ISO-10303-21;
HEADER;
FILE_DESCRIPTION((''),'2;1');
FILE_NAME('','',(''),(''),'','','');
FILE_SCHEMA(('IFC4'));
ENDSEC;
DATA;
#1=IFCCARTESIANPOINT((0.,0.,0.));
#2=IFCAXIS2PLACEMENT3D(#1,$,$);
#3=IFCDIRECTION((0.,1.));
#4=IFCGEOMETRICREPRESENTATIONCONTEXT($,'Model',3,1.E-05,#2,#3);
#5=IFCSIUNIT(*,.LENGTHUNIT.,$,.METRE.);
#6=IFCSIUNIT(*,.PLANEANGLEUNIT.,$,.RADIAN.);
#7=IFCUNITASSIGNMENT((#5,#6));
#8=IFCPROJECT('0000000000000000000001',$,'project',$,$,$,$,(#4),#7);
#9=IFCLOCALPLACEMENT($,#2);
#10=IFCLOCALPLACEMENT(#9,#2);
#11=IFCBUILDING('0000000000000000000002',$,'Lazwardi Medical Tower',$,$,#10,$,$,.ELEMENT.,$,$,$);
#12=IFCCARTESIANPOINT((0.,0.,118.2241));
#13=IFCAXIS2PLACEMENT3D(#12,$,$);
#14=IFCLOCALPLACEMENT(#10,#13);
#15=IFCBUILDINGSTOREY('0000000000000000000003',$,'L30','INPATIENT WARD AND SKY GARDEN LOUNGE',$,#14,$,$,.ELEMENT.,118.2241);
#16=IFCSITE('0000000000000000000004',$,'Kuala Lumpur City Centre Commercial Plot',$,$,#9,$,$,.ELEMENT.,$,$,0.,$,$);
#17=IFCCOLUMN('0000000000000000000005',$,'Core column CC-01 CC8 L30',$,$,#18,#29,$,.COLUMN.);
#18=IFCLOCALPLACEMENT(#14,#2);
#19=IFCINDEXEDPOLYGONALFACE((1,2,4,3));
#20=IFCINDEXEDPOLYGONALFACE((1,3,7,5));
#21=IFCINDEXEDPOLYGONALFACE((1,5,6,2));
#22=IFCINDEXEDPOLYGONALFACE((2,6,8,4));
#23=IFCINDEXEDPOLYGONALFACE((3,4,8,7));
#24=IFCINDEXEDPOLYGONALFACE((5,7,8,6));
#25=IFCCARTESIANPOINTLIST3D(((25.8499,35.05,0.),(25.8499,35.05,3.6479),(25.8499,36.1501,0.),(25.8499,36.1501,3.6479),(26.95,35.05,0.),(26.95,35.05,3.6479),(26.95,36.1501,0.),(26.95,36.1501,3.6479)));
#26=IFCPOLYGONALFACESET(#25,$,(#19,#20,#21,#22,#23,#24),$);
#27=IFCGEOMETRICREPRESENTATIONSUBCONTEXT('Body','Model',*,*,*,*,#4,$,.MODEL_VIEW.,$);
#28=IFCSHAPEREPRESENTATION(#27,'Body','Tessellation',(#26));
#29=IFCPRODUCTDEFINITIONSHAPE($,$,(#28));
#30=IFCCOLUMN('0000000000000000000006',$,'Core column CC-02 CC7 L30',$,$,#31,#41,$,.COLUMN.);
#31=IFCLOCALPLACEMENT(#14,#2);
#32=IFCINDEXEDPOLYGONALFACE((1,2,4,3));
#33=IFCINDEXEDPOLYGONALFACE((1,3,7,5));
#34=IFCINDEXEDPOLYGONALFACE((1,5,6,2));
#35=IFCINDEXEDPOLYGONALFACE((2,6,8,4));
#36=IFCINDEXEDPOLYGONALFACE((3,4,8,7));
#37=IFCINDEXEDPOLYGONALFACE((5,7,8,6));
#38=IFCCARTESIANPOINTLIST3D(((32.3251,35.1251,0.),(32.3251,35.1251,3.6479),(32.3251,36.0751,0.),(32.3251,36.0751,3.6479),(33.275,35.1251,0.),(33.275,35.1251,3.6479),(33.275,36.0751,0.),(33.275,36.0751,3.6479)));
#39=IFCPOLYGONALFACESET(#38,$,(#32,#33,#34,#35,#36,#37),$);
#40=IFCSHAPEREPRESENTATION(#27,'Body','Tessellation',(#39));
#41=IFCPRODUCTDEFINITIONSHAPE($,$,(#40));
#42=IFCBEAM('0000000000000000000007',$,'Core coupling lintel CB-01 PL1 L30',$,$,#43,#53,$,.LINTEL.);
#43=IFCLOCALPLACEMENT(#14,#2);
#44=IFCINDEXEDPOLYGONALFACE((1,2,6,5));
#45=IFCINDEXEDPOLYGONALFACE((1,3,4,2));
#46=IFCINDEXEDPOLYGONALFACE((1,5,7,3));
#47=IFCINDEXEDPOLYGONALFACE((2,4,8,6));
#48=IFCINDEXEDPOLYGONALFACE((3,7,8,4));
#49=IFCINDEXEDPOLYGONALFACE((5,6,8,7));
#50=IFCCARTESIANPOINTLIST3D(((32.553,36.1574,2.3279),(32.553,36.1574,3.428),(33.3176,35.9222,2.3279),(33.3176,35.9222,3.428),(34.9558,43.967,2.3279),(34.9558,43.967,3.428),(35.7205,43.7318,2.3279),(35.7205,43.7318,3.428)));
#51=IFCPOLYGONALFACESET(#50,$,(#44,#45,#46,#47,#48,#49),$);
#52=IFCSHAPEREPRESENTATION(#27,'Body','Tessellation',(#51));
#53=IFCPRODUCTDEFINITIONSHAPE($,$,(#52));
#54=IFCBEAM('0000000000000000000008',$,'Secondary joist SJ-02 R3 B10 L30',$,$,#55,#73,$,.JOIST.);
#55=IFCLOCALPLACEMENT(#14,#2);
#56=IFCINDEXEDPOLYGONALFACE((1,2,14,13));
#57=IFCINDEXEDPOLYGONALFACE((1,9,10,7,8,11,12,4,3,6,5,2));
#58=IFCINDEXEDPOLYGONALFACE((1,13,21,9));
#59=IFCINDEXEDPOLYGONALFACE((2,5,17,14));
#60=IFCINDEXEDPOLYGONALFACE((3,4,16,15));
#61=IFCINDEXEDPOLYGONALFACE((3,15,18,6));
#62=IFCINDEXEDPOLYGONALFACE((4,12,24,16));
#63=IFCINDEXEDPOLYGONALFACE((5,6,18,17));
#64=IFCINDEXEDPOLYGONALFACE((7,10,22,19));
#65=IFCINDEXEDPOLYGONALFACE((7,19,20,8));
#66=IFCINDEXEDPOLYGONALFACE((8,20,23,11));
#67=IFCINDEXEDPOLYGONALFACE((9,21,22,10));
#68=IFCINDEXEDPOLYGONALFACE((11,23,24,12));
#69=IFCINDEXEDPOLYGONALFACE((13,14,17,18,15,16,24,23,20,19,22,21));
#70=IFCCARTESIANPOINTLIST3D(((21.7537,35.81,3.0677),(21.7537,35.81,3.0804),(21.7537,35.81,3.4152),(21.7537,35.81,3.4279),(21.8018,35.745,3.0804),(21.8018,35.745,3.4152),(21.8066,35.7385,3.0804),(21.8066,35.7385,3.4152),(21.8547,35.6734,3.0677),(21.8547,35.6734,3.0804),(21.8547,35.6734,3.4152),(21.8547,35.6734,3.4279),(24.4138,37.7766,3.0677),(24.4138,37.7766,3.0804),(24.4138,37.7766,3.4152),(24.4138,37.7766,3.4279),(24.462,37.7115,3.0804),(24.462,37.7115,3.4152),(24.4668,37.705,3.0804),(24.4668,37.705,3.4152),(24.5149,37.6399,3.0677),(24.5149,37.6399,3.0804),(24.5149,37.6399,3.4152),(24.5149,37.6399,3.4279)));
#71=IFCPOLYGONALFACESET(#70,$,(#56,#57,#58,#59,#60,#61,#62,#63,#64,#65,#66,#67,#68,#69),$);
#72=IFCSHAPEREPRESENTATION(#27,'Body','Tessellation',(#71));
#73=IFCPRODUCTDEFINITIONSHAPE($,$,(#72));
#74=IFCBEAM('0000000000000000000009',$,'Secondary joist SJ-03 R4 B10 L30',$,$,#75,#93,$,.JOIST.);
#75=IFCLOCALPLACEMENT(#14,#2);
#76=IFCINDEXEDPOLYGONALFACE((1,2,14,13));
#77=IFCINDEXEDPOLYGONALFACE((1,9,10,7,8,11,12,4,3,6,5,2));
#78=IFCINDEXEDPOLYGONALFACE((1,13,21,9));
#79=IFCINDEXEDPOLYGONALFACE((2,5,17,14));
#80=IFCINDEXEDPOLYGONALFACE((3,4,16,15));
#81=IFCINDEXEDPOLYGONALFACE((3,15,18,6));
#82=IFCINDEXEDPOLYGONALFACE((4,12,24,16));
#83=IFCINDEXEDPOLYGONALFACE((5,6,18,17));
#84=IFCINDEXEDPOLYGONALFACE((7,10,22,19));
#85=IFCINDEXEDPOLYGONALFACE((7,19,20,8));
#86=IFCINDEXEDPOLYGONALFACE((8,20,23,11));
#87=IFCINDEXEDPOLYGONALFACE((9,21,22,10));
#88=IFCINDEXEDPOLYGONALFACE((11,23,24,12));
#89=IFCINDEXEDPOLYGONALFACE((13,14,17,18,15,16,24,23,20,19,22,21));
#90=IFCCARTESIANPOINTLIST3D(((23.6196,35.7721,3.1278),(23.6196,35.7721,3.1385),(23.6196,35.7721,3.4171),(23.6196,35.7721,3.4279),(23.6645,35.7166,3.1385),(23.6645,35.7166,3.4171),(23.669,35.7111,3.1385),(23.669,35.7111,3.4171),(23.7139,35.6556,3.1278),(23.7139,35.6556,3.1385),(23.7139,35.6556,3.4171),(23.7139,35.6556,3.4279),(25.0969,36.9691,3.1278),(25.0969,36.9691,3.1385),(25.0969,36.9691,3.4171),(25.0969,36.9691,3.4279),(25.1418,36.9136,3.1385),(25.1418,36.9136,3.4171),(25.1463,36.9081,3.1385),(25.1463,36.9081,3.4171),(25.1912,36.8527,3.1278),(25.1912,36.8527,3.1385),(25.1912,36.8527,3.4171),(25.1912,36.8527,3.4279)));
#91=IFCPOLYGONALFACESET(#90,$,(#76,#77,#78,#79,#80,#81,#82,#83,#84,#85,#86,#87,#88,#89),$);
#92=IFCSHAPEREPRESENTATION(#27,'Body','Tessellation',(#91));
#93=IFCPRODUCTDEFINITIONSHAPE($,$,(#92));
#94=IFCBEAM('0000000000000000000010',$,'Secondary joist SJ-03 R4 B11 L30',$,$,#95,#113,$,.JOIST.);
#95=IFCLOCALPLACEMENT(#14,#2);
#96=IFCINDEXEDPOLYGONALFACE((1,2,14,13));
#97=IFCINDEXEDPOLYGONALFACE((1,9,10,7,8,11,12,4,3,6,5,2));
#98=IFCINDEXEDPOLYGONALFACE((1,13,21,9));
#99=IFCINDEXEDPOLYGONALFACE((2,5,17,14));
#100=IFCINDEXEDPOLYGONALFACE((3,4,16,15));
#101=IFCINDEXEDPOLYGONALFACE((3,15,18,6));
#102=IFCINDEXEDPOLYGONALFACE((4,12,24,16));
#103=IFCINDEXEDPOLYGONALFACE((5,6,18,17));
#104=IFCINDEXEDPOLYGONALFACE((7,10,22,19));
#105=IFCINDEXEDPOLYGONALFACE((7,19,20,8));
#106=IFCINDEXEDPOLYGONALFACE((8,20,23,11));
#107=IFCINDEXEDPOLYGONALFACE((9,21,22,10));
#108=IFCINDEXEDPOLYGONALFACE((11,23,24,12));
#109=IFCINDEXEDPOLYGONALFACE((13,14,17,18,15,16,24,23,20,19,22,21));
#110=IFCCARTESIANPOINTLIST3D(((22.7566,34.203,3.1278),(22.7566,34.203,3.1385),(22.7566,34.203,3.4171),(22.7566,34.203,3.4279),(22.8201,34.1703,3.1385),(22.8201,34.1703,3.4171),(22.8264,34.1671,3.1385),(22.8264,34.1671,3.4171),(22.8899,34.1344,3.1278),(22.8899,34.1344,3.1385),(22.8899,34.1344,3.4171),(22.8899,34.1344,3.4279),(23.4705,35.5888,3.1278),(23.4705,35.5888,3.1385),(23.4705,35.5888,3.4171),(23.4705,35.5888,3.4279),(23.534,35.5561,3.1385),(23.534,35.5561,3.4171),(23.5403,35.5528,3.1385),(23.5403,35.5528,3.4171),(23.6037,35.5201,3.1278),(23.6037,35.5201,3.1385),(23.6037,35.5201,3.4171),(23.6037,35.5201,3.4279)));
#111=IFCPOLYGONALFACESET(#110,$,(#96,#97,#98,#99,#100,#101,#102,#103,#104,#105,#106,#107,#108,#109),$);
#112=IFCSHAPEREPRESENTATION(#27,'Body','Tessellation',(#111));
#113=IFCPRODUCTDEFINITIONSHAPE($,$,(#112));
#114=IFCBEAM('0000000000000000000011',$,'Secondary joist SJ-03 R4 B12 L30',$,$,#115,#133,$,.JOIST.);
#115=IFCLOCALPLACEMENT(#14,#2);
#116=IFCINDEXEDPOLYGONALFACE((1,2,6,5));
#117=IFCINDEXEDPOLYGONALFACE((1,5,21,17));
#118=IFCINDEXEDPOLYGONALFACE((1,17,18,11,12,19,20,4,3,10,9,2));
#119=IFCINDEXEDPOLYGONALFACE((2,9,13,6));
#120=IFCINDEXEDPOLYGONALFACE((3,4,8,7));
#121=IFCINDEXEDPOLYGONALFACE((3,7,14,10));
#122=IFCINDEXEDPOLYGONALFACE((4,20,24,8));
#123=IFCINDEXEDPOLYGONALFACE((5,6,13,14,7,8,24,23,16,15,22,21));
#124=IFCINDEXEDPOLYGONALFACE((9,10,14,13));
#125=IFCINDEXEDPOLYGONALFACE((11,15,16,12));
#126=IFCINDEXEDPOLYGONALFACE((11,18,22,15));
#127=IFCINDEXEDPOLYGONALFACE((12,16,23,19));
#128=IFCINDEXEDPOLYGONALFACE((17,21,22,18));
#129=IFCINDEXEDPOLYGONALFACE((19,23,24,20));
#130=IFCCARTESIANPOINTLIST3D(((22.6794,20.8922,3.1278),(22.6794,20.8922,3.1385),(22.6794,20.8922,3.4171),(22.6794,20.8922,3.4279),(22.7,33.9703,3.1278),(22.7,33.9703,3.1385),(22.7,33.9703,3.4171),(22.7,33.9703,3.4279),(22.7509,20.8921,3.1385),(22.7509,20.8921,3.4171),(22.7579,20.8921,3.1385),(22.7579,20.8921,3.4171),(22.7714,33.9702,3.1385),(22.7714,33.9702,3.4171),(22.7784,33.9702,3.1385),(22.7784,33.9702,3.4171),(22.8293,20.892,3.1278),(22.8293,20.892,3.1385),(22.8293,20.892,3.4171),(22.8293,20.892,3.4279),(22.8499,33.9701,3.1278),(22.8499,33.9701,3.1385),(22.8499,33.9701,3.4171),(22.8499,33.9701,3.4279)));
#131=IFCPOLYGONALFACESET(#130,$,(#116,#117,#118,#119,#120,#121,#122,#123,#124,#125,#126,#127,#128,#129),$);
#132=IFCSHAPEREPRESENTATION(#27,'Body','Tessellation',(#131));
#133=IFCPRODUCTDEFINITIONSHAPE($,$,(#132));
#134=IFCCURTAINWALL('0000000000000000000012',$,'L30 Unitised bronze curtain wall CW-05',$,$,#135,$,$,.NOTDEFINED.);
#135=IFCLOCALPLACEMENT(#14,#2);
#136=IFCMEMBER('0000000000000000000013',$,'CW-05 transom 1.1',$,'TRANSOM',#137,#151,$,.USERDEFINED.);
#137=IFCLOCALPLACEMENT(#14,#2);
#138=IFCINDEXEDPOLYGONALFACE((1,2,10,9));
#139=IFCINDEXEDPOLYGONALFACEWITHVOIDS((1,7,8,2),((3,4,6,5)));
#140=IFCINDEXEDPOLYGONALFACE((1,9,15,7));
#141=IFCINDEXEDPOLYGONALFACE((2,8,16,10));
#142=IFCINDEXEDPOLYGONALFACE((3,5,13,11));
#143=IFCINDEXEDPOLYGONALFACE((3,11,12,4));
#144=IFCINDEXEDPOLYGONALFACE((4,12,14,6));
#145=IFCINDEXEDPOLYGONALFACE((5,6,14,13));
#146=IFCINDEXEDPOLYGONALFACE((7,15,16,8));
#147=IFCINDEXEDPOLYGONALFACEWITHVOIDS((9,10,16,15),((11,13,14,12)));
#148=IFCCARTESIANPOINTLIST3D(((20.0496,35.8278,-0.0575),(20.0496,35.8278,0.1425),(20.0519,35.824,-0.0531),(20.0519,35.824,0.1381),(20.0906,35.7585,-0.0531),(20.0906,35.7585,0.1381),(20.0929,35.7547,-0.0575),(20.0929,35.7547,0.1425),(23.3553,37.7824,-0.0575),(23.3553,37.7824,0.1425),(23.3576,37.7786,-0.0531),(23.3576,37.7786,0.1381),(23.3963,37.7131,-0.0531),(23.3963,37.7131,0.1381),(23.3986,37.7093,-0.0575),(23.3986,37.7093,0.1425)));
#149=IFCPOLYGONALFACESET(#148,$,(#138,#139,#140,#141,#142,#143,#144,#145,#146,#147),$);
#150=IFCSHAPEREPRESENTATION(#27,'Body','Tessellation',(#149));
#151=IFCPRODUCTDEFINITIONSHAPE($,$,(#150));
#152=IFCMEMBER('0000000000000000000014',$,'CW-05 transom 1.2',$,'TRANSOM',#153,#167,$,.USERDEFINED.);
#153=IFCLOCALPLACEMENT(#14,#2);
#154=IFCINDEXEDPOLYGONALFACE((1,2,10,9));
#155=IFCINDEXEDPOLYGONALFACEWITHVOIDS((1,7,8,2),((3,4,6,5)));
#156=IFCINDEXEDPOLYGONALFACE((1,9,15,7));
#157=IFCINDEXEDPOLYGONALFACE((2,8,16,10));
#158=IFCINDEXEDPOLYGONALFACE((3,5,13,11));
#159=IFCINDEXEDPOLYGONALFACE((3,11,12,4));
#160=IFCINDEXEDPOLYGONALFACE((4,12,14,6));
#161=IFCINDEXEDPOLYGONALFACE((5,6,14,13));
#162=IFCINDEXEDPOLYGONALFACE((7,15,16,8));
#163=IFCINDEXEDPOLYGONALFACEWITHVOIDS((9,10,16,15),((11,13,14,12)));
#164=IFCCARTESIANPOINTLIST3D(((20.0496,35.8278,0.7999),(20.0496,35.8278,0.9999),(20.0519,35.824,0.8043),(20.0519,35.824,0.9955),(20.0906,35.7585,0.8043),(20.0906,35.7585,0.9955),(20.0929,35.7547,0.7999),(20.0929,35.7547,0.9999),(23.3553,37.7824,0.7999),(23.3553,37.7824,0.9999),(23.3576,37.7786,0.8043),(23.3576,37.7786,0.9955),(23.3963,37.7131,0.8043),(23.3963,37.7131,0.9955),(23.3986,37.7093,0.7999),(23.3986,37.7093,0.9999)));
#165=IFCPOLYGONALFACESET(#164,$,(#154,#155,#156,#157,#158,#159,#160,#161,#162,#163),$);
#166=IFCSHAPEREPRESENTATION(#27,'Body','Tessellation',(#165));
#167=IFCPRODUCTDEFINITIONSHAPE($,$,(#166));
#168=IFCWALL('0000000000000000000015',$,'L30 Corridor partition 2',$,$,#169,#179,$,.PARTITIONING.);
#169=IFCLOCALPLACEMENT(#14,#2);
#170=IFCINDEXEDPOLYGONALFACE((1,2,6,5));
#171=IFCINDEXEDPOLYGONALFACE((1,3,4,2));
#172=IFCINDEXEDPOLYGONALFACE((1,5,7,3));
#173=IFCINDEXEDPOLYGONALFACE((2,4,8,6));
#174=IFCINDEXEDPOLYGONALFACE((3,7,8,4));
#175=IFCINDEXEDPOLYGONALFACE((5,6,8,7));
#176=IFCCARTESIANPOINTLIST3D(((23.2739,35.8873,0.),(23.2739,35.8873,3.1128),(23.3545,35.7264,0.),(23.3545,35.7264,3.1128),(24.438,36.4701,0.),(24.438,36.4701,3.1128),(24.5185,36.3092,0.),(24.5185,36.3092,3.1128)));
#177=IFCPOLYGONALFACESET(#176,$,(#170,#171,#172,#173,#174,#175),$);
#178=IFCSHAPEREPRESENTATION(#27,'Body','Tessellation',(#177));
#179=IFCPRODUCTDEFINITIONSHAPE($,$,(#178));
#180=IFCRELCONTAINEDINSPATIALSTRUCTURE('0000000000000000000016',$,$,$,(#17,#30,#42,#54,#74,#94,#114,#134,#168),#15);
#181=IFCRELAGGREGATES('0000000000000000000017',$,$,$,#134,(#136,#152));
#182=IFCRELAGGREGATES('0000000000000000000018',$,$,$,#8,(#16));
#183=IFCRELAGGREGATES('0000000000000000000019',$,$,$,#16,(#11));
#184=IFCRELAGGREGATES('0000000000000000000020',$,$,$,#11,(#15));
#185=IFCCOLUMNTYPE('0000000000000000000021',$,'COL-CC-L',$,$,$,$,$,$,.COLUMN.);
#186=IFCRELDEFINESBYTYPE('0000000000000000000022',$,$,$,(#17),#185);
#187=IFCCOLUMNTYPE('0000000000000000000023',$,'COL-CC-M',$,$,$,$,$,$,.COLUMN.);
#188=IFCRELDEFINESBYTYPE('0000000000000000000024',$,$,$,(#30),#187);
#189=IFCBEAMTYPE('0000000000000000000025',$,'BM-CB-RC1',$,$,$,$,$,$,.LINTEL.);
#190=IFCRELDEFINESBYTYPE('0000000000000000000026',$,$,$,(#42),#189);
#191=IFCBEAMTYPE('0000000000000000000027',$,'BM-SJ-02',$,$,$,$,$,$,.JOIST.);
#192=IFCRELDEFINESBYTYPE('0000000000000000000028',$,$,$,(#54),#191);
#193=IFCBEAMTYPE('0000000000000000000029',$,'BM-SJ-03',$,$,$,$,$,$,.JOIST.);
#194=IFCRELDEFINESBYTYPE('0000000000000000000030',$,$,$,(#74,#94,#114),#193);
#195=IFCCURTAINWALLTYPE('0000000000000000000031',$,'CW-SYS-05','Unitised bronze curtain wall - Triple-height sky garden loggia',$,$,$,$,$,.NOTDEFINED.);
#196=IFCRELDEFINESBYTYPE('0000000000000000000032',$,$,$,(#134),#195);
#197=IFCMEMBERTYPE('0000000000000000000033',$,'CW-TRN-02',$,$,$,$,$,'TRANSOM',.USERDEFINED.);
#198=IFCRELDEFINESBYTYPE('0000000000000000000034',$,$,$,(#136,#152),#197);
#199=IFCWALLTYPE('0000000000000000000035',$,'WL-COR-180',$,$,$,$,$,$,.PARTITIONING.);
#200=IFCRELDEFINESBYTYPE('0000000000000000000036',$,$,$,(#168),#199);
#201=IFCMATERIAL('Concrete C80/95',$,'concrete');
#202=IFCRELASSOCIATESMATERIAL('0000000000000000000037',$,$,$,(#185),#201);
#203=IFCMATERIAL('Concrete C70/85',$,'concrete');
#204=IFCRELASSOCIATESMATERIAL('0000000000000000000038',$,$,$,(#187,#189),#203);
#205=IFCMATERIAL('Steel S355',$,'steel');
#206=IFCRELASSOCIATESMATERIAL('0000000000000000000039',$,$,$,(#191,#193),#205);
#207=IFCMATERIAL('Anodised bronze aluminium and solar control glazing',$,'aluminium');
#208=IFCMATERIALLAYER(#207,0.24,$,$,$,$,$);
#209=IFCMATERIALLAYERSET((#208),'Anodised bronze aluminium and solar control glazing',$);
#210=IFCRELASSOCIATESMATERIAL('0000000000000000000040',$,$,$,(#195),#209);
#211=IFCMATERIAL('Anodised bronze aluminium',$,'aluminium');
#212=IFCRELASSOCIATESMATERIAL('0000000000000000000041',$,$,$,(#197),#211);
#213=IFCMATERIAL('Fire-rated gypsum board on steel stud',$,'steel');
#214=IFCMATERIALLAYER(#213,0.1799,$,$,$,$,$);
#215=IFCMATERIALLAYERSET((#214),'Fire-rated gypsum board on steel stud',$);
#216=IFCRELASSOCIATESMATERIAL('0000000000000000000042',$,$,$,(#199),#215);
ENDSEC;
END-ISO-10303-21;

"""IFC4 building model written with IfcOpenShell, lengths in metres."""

from ifc_helpers import new_model, si_unit, direction, frame, frame_2d, origin, origin_2d, place, context, subcontext, project, spatial, rectangle, hollow_rectangle, i_section, extrude, material, layer, layer_set, material_profile, profile_set, type_object, element, aggregate, save


model = new_model("IFC4")

# Units and contexts
model_context = context("Model", 3, precision=1e-05, world=origin(), true_north=direction((0.0, 1.0)))
body_context = subcontext(model_context, "Body", "Model", "MODEL_VIEW")
ifc_project = project(units=[si_unit("LENGTHUNIT", "METRE"), si_unit("PLANEANGLEUNIT", "RADIAN")], contexts=[model_context])

# Site, building, storey
site_placement = place(None, origin())
site = spatial("IfcSite", under=ifc_project, at=site_placement, Name="Kuala Lumpur City Centre Commercial Plot", CompositionType="ELEMENT", RefElevation=0.0)
building_placement = place(site_placement, origin())
building = spatial("IfcBuilding", under=site, at=building_placement, Name="Lazwardi Medical Tower", CompositionType="ELEMENT")
storey_placement = place(building_placement, frame((0.0, 0.0, 118.2241)))
storey = spatial("IfcBuildingStorey", under=building, at=storey_placement, Name="L30", Description="INPATIENT WARD AND SKY GARDEN LOUNGE", CompositionType="ELEMENT", Elevation=118.2241)

# Columns
ifc_material_1 = material(Name="Concrete C80/95", Category="concrete")
ifc_material_profile_1 = material_profile(ifc_material_1, rectangle(XDim=1.1001, YDim=1.1001, at=origin_2d()), Name="RC 1100x1100")
ifc_profile_set_1 = profile_set([ifc_material_profile_1], Name="Concrete C80/95")
column_type_1 = type_object("IfcColumnType", Name="COL-CC-L", PredefinedType="COLUMN", material=ifc_profile_set_1)
column_1_placement = place(storey_placement, frame((26.3999, 35.6001, 0.0), z_axis=(0.0, 0.0, 1.0), x_axis=(1.0, 0.0, 0.0)))
element("IfcColumn", 1, at=column_1_placement, inside=storey, type_object=column_type_1, Name="Core column CC-01 CC8 L30", PredefinedType="COLUMN", context=body_context, shape_type="SweptSolid", body=[
    extrude(rectangle(XDim=1.1001, YDim=1.1001, at=origin_2d()), origin(), (0.0, 0.0, 1.0), 3.6479),
])
ifc_material_2 = material(Name="Concrete C70/85", Category="concrete")
ifc_material_profile_2 = material_profile(ifc_material_2, rectangle(XDim=0.95, YDim=0.95, at=origin_2d()), Name="RC 950x950")
ifc_profile_set_2 = profile_set([ifc_material_profile_2], Name="Concrete C70/85")
column_type_2 = type_object("IfcColumnType", Name="COL-CC-M", PredefinedType="COLUMN", material=ifc_profile_set_2)
column_2_placement = place(storey_placement, frame((32.8, 35.6001, 0.0), z_axis=(0.0, 0.0, 1.0), x_axis=(1.0, 0.0, 0.0)))
element("IfcColumn", 2, at=column_2_placement, inside=storey, type_object=column_type_2, Name="Core column CC-02 CC7 L30", PredefinedType="COLUMN", context=body_context, shape_type="SweptSolid", body=[
    extrude(rectangle(XDim=0.95, YDim=0.95, at=origin_2d()), origin(), (0.0, 0.0, 1.0), 3.6479),
])

# Beams
ifc_material_profile_3 = material_profile(ifc_material_2, rectangle(XDim=0.8, YDim=1.1001, at=origin_2d()), Name="RC 800x1100")
ifc_profile_set_3 = profile_set([ifc_material_profile_3], Name="Concrete C70/85")
beam_type_1 = type_object("IfcBeamType", Name="BM-CB-RC1", PredefinedType="LINTEL", material=ifc_profile_set_3)
beam_1_placement = place(storey_placement, frame((32.9353, 36.0398, 2.8779), z_axis=(0.294073, 0.955783, 0.0), x_axis=(-0.955783, 0.294073, 0.0)))
element("IfcBeam", 3, at=beam_1_placement, inside=storey, type_object=beam_type_1, Name="Core coupling lintel CB-01 PL1 L30", PredefinedType="LINTEL", context=body_context, shape_type="SweptSolid", body=[
    extrude(rectangle(XDim=0.8, YDim=1.1001, at=origin_2d()), origin(), (0.0, 0.0, 1.0), 8.1709),
])
ifc_material_3 = material(Name="Steel S355", Category="steel")
ifc_material_profile_4 = material_profile(ifc_material_3, i_section(OverallWidth=0.1699, OverallDepth=0.3601, WebThickness=0.0081, FlangeThickness=0.0127, at=origin_2d()), Name="IPE 360")
ifc_profile_set_4 = profile_set([ifc_material_profile_4], Name="Steel S355")
beam_type_2 = type_object("IfcBeamType", Name="BM-SJ-02", PredefinedType="JOIST", material=ifc_profile_set_4)
beam_2_placement = place(storey_placement, frame((24.4644, 37.7083, 3.2478), z_axis=(-0.804126, -0.59446, 0.0), x_axis=(0.59446, -0.804126, 0.0)))
element("IfcBeam", 4, at=beam_2_placement, inside=storey, type_object=beam_type_2, Name="Secondary joist SJ-02 R3 B10 L30", PredefinedType="JOIST", context=body_context, shape_type="SweptSolid", body=[
    extrude(i_section(OverallWidth=0.1699, OverallDepth=0.3601, WebThickness=0.0081, FlangeThickness=0.0127, at=origin_2d()), origin(), (0.0, 0.0, 1.0), 3.3081),
])
ifc_material_profile_5 = material_profile(ifc_material_3, i_section(OverallWidth=0.1499, OverallDepth=0.3, WebThickness=0.0071, FlangeThickness=0.0107, at=origin_2d()), Name="IPE 300")
ifc_profile_set_5 = profile_set([ifc_material_profile_5], Name="Steel S355")
beam_type_3 = type_object("IfcBeamType", Name="BM-SJ-03", PredefinedType="JOIST", material=ifc_profile_set_5)
beam_3_placement = place(storey_placement, frame((25.144, 36.9109, 3.2778), z_axis=(-0.776958, -0.629553, 0.0), x_axis=(0.629553, -0.776958, 0.0)))
element("IfcBeam", 5, at=beam_3_placement, inside=storey, type_object=beam_type_3, Name="Secondary joist SJ-03 R4 B10 L30", PredefinedType="JOIST", context=body_context, shape_type="SweptSolid", body=[
    extrude(i_section(OverallWidth=0.1499, OverallDepth=0.3, WebThickness=0.0071, FlangeThickness=0.0107, at=origin_2d()), origin(), (0.0, 0.0, 1.0), 1.9014),
])
beam_4_placement = place(storey_placement, frame((23.5371, 35.5544, 3.2778), z_axis=(-0.457957, -0.888975, 0.0), x_axis=(0.888975, -0.457957, 0.0)))
element("IfcBeam", 6, at=beam_4_placement, inside=storey, type_object=beam_type_3, Name="Secondary joist SJ-03 R4 B11 L30", PredefinedType="JOIST", context=body_context, shape_type="SweptSolid", body=[
    extrude(i_section(OverallWidth=0.1499, OverallDepth=0.3, WebThickness=0.0071, FlangeThickness=0.0107, at=origin_2d()), origin(), (0.0, 0.0, 1.0), 1.5588),
])
beam_5_placement = place(storey_placement, frame((22.7749, 33.9702, 3.2778), z_axis=(-0.001568, -0.999999, 0.0), x_axis=(0.999999, -0.001568, 0.0)))
element("IfcBeam", 7, at=beam_5_placement, inside=storey, type_object=beam_type_3, Name="Secondary joist SJ-03 R4 B12 L30", PredefinedType="JOIST", context=body_context, shape_type="SweptSolid", body=[
    extrude(i_section(OverallWidth=0.1499, OverallDepth=0.3, WebThickness=0.0071, FlangeThickness=0.0107, at=origin_2d()), origin(), (0.0, 0.0, 1.0), 13.0781),
])

# Curtain wall, members
ifc_material_4 = material(Name="Anodised bronze aluminium and solar control glazing", Category="aluminium")
ifc_layer_1 = layer(ifc_material_4, 0.24)
ifc_layer_set_1 = layer_set([ifc_layer_1], Name="Anodised bronze aluminium and solar control glazing")
curtain_wall_type = type_object("IfcCurtainWallType", Name="CW-SYS-05", Description="Unitised bronze curtain wall - Triple-height sky garden loggia", PredefinedType="NOTDEFINED", material=ifc_layer_set_1)
curtain_wall_placement = place(storey_placement, origin())
curtain_wall = element("IfcCurtainWall", 8, at=curtain_wall_placement, inside=storey, type_object=curtain_wall_type, Name="L30 Unitised bronze curtain wall CW-05", PredefinedType="NOTDEFINED")
ifc_material_5 = material(Name="Anodised bronze aluminium", Category="aluminium")
ifc_material_profile_6 = material_profile(ifc_material_5, hollow_rectangle(XDim=0.085, YDim=0.2, WallThickness=0.0044, at=origin_2d()), Name="ALU-TRANSOM 200x85x4.5")
ifc_profile_set_6 = profile_set([ifc_material_profile_6], Name="Anodised bronze aluminium")
member_type = type_object("IfcMemberType", Name="CW-TRN-02", ElementType="TRANSOM", PredefinedType="USERDEFINED", material=ifc_profile_set_6)
member_1_placement = place(storey_placement, frame((23.377, 37.7458, 0.0425), z_axis=(-0.860785, -0.508969, 0.0), x_axis=(0.508969, -0.860785, 0.0)))
member_1 = element("IfcMember", 9, at=member_1_placement, type_object=member_type, Name="CW-05 transom 1.1", ObjectType="TRANSOM", PredefinedType="USERDEFINED", context=body_context, shape_type="SweptSolid", body=[
    extrude(hollow_rectangle(XDim=0.085, YDim=0.2, WallThickness=0.0044, at=origin_2d()), origin(), (0.0, 0.0, 1.0), 3.8403),
])
member_2_placement = place(storey_placement, frame((23.377, 37.7458, 0.8999), z_axis=(-0.860785, -0.508969, 0.0), x_axis=(0.508969, -0.860785, 0.0)))
member_2 = element("IfcMember", 10, at=member_2_placement, type_object=member_type, Name="CW-05 transom 1.2", ObjectType="TRANSOM", PredefinedType="USERDEFINED", context=body_context, shape_type="SweptSolid", body=[
    extrude(hollow_rectangle(XDim=0.085, YDim=0.2, WallThickness=0.0044, at=origin_2d()), origin(), (0.0, 0.0, 1.0), 3.8403),
])
aggregate(curtain_wall, [member_1, member_2])

# Wall
ifc_material_6 = material(Name="Fire-rated gypsum board on steel stud", Category="steel")
ifc_layer_2 = layer(ifc_material_6, 0.1799)
ifc_layer_set_2 = layer_set([ifc_layer_2], Name="Fire-rated gypsum board on steel stud")
wall_type_1 = type_object("IfcWallType", Name="WL-COR-180", PredefinedType="PARTITIONING", material=ifc_layer_set_2)
wall_1_placement = place(storey_placement, frame((23.3142, 35.8069, 0.0), z_axis=(0.0, 0.0, 1.0), x_axis=(0.894202, 0.447664, 0.0)))
element("IfcWall", 11, at=wall_1_placement, inside=storey, type_object=wall_type_1, Name="L30 Corridor partition 2", PredefinedType="PARTITIONING", context=body_context, shape_type="SweptSolid", body=[
    extrude(rectangle(XDim=1.3018, YDim=0.1799, at=frame_2d((0.6509, 0.0))), origin(), (0.0, 0.0, 1.0), 3.1128),
])

save(model, "model.ifc")
